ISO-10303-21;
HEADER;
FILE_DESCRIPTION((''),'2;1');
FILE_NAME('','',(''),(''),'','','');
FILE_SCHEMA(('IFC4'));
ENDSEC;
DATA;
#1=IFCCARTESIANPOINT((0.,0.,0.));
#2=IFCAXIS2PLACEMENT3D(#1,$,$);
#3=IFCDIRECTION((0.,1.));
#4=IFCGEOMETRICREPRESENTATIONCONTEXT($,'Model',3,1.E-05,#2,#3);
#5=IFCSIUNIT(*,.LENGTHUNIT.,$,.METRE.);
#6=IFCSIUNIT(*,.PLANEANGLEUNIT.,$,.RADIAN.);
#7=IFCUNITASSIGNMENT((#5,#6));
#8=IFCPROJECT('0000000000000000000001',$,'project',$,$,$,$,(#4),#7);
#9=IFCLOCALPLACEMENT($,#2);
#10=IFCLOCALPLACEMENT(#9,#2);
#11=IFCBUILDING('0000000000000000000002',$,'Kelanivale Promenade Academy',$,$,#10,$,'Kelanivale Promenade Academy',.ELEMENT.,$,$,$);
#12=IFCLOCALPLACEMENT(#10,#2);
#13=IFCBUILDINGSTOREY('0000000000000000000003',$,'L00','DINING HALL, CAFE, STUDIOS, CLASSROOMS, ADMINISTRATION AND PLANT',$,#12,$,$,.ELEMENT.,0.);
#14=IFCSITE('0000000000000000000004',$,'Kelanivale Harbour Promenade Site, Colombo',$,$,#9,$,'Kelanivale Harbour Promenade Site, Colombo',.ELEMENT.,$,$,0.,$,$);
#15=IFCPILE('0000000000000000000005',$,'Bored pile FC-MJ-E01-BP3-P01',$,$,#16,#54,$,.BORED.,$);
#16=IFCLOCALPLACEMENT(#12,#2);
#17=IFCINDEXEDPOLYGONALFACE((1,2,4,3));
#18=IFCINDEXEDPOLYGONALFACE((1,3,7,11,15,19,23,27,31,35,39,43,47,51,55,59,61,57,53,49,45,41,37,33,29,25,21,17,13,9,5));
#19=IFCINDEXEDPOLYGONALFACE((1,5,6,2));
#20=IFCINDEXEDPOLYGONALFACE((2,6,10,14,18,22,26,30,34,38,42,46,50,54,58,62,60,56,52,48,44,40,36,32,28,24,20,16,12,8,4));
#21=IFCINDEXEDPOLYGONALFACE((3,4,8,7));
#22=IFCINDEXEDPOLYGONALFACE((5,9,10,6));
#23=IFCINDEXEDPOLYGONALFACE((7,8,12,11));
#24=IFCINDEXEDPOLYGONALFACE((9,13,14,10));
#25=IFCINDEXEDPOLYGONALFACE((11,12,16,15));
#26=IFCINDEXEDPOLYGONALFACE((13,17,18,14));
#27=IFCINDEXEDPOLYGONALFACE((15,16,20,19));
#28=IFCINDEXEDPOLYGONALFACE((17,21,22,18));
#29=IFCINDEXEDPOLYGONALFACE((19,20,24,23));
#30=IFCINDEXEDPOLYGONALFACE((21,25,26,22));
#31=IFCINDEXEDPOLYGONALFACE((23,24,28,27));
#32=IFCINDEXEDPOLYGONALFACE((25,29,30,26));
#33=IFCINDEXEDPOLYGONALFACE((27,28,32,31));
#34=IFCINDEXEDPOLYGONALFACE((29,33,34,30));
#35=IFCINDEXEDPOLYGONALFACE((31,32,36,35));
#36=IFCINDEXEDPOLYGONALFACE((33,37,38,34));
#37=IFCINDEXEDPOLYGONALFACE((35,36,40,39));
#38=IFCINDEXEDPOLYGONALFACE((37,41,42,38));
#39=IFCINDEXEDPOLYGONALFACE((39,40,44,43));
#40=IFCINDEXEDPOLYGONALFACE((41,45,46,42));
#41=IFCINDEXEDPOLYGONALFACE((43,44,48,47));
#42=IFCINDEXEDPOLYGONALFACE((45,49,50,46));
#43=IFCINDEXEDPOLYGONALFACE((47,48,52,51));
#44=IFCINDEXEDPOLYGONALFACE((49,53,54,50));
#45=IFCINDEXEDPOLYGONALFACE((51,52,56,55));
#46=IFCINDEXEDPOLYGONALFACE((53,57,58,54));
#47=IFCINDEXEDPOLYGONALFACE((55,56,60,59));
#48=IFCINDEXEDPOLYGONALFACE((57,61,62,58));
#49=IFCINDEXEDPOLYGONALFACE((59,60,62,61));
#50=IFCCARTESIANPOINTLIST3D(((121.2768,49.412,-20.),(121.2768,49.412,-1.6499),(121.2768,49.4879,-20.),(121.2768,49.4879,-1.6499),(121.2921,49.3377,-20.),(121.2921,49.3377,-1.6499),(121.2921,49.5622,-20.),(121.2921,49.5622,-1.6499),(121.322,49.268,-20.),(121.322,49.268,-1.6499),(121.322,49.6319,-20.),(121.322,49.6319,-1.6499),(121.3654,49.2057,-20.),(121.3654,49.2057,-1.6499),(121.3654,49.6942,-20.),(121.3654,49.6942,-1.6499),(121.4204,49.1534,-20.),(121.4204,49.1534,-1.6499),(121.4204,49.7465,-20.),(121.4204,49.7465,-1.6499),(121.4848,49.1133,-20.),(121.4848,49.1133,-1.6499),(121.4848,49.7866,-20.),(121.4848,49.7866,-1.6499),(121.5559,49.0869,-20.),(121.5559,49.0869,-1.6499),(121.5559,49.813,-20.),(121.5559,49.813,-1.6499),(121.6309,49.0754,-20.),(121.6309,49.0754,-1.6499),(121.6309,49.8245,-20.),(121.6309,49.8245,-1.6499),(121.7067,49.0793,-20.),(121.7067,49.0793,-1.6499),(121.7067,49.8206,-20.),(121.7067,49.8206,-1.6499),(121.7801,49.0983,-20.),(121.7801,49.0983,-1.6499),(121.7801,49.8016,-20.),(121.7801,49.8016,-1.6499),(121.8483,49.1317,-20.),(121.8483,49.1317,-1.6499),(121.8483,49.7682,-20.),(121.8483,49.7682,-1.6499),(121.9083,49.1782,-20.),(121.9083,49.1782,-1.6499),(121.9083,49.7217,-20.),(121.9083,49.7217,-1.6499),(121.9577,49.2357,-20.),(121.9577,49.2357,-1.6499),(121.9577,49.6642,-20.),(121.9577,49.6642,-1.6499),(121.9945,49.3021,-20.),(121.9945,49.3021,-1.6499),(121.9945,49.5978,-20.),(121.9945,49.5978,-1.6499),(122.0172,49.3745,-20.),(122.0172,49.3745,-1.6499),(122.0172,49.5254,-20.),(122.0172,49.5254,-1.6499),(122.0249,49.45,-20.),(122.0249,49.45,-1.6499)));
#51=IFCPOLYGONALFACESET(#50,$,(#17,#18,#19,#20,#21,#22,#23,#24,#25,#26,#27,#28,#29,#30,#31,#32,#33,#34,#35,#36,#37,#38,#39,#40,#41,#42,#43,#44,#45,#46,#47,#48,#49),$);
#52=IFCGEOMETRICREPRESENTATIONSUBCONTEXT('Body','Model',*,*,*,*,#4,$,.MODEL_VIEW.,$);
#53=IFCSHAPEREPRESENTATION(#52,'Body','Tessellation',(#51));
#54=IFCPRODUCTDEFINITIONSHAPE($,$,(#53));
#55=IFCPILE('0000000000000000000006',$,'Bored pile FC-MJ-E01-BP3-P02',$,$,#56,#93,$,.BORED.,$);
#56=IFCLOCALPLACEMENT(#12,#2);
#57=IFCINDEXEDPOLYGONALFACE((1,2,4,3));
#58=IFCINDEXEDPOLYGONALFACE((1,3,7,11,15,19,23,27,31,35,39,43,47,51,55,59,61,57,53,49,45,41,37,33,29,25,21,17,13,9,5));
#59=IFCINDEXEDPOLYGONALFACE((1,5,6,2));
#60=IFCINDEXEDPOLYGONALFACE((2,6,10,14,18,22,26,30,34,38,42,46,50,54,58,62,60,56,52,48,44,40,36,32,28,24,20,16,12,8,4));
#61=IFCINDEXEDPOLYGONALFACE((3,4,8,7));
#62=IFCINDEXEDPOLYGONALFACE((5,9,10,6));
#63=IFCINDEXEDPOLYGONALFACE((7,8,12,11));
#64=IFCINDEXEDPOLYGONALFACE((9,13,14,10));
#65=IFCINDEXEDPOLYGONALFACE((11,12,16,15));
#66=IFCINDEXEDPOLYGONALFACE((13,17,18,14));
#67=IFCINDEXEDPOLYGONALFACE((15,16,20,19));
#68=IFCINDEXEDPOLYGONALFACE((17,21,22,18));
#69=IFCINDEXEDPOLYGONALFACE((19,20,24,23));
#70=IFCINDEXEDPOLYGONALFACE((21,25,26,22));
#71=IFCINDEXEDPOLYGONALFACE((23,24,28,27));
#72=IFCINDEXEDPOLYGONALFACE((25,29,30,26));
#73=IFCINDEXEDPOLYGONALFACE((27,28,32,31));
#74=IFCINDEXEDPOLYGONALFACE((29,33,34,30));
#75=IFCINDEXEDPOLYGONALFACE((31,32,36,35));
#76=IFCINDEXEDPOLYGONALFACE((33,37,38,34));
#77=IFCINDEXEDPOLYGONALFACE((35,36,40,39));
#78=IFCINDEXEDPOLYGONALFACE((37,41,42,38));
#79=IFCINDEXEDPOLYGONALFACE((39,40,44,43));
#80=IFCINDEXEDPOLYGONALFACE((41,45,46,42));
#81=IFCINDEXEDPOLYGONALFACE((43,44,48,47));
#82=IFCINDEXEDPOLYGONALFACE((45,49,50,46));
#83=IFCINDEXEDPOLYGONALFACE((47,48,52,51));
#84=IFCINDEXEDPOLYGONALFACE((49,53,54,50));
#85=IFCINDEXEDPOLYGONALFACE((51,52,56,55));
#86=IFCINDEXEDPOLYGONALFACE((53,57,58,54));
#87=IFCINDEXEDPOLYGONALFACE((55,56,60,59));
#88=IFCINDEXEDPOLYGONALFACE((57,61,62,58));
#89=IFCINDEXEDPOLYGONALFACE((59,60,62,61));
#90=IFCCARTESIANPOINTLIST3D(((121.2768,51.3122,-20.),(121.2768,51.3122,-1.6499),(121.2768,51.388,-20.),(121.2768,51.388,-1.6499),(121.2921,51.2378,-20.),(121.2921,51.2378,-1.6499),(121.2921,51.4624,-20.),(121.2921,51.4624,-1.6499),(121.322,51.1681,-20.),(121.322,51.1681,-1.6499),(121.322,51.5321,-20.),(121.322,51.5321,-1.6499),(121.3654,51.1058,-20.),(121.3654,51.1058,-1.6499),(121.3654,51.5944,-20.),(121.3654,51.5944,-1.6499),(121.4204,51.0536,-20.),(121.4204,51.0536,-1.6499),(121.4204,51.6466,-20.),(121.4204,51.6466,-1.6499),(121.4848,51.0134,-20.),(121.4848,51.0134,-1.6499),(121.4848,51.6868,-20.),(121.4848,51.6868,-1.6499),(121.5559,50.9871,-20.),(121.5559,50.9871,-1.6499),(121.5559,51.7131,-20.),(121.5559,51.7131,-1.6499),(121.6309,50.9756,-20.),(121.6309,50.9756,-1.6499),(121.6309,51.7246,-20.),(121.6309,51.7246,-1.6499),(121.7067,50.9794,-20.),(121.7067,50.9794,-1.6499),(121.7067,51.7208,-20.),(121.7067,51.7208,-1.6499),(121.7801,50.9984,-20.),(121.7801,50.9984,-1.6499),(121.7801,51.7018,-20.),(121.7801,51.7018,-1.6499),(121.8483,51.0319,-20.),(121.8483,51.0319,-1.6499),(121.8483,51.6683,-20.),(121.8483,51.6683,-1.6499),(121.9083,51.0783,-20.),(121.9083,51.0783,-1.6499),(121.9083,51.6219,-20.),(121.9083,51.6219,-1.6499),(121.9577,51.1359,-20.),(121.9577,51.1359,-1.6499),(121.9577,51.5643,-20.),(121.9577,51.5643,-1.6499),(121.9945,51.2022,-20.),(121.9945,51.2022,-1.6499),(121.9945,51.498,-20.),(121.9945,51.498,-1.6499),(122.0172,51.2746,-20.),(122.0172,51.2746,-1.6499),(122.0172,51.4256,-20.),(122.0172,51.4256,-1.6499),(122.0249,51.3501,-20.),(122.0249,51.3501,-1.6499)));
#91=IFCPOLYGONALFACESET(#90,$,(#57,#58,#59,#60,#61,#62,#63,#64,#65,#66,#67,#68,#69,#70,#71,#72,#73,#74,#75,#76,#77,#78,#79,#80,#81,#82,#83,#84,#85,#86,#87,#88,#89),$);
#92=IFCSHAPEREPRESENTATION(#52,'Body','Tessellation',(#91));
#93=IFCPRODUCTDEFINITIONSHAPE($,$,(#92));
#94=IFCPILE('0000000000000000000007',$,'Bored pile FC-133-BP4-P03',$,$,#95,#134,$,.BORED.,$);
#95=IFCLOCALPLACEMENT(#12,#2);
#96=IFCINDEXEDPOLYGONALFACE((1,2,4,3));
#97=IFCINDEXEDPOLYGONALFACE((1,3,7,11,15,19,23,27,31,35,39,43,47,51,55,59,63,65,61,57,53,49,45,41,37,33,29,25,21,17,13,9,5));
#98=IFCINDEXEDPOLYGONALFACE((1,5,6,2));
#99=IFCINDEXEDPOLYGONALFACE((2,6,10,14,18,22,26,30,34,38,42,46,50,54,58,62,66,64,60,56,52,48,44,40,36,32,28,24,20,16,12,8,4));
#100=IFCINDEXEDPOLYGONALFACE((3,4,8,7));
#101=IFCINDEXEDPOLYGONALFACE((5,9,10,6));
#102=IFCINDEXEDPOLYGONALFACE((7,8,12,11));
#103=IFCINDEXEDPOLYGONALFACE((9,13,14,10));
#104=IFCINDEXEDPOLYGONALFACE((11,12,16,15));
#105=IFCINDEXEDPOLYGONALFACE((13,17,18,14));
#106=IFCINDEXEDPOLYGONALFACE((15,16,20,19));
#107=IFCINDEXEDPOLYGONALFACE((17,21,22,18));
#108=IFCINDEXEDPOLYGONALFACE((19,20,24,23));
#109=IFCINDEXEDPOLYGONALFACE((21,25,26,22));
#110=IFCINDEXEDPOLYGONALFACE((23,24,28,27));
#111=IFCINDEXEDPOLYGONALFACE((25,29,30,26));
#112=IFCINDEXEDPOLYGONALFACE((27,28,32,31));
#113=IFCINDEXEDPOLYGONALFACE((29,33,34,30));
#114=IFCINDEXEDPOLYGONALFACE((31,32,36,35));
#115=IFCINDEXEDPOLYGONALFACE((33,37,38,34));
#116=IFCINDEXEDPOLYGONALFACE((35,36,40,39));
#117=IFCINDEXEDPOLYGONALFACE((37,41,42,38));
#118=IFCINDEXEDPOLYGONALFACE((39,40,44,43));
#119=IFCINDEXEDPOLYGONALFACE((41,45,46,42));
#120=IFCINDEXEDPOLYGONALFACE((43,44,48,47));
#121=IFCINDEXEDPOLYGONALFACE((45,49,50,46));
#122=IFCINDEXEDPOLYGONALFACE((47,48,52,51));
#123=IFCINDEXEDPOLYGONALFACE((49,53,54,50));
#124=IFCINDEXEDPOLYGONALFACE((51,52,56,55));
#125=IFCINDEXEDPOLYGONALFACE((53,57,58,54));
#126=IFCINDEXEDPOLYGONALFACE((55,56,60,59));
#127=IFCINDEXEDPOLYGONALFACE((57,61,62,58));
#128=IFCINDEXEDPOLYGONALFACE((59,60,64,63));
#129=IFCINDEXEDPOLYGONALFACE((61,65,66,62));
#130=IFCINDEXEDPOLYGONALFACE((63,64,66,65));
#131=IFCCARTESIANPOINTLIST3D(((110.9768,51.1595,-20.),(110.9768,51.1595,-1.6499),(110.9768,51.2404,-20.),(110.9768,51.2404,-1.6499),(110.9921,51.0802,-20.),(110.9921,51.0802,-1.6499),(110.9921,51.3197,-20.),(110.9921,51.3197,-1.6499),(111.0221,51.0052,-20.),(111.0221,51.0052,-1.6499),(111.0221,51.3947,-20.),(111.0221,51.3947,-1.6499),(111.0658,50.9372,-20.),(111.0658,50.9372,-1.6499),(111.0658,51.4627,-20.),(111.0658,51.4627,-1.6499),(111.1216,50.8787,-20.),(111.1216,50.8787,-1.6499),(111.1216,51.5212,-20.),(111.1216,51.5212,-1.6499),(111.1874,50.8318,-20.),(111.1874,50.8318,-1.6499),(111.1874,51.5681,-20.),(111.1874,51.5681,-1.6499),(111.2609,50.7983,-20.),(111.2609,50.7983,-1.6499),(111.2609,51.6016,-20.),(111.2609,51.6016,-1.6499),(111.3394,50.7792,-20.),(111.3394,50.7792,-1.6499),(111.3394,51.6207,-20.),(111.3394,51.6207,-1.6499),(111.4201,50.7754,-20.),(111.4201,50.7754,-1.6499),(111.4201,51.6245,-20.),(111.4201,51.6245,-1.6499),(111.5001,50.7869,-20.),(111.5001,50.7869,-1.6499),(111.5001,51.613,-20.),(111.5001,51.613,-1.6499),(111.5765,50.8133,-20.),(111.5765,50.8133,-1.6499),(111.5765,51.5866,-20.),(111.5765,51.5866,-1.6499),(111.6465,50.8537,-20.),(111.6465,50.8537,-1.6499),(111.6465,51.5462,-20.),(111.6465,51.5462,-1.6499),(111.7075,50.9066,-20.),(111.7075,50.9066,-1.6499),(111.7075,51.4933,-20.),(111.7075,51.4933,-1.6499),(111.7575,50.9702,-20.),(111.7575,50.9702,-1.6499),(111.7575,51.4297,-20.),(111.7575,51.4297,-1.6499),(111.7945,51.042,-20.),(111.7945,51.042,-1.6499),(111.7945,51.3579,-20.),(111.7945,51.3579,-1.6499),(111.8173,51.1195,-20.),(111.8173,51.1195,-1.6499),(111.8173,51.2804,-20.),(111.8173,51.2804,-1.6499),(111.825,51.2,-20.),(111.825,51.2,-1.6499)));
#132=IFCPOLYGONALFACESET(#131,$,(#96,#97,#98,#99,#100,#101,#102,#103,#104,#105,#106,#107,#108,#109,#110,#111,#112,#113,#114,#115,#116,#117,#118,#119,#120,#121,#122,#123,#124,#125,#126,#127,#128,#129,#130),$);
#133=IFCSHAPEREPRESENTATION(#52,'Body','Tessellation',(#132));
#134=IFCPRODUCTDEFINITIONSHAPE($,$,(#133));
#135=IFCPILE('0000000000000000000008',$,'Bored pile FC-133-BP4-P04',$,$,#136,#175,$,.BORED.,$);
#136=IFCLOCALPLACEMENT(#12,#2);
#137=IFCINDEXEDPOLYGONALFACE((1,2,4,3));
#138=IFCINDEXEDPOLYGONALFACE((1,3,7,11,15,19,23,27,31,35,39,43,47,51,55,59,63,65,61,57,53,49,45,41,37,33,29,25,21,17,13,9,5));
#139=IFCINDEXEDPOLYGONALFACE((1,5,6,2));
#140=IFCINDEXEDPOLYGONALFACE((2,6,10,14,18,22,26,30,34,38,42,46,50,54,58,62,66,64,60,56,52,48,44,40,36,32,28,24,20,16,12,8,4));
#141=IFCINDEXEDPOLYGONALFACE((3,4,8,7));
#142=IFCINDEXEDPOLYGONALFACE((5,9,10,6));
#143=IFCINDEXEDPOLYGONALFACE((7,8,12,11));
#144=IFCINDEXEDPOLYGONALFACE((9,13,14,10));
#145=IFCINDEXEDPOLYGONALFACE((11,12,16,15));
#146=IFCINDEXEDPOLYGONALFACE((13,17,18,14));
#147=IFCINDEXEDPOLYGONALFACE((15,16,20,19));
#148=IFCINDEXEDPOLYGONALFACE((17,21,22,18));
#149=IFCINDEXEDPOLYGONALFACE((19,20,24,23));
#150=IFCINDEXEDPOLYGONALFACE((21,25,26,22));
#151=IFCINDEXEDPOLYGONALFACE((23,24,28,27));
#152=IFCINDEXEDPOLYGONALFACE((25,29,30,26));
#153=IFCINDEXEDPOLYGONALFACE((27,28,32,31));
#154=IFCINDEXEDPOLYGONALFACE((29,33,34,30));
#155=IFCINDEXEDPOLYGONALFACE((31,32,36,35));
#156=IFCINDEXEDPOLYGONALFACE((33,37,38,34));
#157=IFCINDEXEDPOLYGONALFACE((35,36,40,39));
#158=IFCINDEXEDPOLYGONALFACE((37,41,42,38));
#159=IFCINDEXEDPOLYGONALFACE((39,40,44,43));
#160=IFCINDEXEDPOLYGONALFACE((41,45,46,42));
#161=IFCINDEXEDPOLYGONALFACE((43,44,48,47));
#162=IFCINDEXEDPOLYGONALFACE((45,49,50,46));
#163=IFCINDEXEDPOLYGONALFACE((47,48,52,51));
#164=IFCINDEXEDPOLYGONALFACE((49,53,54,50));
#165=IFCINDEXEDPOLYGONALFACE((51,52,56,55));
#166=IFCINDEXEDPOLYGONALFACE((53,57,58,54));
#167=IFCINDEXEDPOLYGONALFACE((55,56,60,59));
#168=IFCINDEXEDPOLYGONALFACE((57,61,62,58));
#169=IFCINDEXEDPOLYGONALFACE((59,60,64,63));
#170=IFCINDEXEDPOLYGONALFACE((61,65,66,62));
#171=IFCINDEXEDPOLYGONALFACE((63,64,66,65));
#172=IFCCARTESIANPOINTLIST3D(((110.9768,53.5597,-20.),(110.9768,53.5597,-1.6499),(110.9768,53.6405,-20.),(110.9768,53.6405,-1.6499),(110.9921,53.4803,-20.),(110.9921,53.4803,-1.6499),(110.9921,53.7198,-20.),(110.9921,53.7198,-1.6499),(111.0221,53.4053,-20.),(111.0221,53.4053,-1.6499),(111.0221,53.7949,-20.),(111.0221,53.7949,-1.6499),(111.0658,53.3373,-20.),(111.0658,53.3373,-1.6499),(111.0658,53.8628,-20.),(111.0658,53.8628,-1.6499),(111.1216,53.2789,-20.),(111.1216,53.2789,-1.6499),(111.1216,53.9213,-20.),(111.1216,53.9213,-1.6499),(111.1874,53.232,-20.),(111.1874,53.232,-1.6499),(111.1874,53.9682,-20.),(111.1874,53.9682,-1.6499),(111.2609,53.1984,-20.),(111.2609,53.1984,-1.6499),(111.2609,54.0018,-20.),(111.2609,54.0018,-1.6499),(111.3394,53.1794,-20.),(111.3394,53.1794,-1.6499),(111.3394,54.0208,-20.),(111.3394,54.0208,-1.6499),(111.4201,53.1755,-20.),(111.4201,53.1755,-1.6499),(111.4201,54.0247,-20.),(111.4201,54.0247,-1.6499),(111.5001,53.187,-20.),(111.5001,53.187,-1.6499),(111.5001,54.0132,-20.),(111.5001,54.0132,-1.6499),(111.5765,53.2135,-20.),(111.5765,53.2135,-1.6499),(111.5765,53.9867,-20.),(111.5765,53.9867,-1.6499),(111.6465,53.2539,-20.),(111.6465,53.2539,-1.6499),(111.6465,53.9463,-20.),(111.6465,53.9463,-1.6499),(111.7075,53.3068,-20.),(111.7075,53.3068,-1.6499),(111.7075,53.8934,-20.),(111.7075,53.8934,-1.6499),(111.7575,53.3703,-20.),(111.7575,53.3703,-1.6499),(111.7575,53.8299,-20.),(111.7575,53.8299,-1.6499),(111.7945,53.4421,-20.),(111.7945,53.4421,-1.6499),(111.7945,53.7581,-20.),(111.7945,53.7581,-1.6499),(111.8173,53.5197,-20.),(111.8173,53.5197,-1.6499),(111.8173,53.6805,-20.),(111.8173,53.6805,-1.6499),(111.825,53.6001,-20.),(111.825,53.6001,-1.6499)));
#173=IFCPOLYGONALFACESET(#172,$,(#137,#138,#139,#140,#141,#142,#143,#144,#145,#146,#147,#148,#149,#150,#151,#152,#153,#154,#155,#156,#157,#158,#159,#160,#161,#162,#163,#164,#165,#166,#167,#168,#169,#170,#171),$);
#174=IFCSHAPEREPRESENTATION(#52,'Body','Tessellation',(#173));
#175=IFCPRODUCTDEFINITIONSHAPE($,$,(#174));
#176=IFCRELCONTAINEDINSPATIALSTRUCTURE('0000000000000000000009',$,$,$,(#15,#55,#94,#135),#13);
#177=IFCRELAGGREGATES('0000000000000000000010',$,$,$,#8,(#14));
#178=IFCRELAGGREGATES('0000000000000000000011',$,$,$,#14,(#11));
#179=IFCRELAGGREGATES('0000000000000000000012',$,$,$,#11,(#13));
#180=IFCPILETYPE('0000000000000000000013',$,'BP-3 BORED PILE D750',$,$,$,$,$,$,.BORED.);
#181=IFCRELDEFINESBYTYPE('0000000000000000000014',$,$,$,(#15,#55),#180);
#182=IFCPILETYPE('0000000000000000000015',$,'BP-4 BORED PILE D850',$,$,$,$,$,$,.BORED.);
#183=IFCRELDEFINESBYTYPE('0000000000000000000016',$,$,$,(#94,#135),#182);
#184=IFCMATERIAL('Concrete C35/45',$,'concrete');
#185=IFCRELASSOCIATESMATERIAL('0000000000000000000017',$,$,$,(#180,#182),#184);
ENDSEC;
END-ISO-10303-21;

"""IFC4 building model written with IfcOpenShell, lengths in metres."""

from ifc_helpers import new_model, si_unit, direction, frame, origin, origin_2d, place, context, subcontext, project, spatial, circle, extrude, material, material_profile, profile_set, type_object, element, save


model = new_model("IFC4")

# Units and contexts
model_context = context("Model", 3, precision=1e-05, world=origin(), true_north=direction((0.0, 1.0)))
body_context = subcontext(model_context, "Body", "Model", "MODEL_VIEW")
ifc_project = project(units=[si_unit("LENGTHUNIT", "METRE"), si_unit("PLANEANGLEUNIT", "RADIAN")], contexts=[model_context])

# Site, building, storey
site_placement = place(None, origin())
site = spatial("IfcSite", under=ifc_project, at=site_placement, Name="Kelanivale Harbour Promenade Site, Colombo", LongName="Kelanivale Harbour Promenade Site, Colombo", CompositionType="ELEMENT", RefElevation=0.0)
building_placement = place(site_placement, origin())
building = spatial("IfcBuilding", under=site, at=building_placement, Name="Kelanivale Promenade Academy", LongName="Kelanivale Promenade Academy", CompositionType="ELEMENT")
storey_placement = place(building_placement, origin())
storey = spatial("IfcBuildingStorey", under=building, at=storey_placement, Name="L00", Description="DINING HALL, CAFE, STUDIOS, CLASSROOMS, ADMINISTRATION AND PLANT", CompositionType="ELEMENT", Elevation=0.0)

# Piles
ifc_material_1 = material(Name="Concrete C35/45", Category="concrete")
ifc_material_profile_1 = material_profile(ifc_material_1, circle(Radius=0.375, at=origin_2d()), Name="BORED PILE D750")
ifc_profile_set_1 = profile_set([ifc_material_profile_1], Name="Concrete C35/45")
pile_type_1 = type_object("IfcPileType", Name="BP-3 BORED PILE D750", PredefinedType="BORED", material=ifc_profile_set_1)
for number, where, z_axis, x_axis, name in (
    (1, (121.6499, 49.45, -1.6499), (0.0, 0.0, -1.0), (1.0, 0.0, 0.0), "Bored pile FC-MJ-E01-BP3-P01"),
    (2, (121.6499, 51.3501, -1.6499), (0.0, 0.0, -1.0), (1.0, 0.0, 0.0), "Bored pile FC-MJ-E01-BP3-P02"),
):
    element("IfcPile", number, at=place(storey_placement, frame(where, z_axis=z_axis, x_axis=x_axis)), inside=storey, type_object=pile_type_1, Name=name, PredefinedType="BORED", context=body_context, shape_type="SweptSolid", body=[
        extrude(circle(Radius=0.375, at=origin_2d()), origin(), (0.0, 0.0, 1.0), 18.3501),
    ])
ifc_material_profile_2 = material_profile(ifc_material_1, circle(Radius=0.425, at=origin_2d()), Name="BORED PILE D850")
ifc_profile_set_2 = profile_set([ifc_material_profile_2], Name="Concrete C35/45")
pile_type_2 = type_object("IfcPileType", Name="BP-4 BORED PILE D850", PredefinedType="BORED", material=ifc_profile_set_2)
for number, where, z_axis, x_axis, name in (
    (3, (111.3999, 51.2, -1.6499), (0.0, 0.0, -1.0), (1.0, 0.0, 0.0), "Bored pile FC-133-BP4-P03"),
    (4, (111.3999, 53.6001, -1.6499), (0.0, 0.0, -1.0), (1.0, 0.0, 0.0), "Bored pile FC-133-BP4-P04"),
):
    element("IfcPile", number, at=place(storey_placement, frame(where, z_axis=z_axis, x_axis=x_axis)), inside=storey, type_object=pile_type_2, Name=name, PredefinedType="BORED", context=body_context, shape_type="SweptSolid", body=[
        extrude(circle(Radius=0.425, at=origin_2d()), origin(), (0.0, 0.0, 1.0), 18.3501),
    ])

save(model, "model.ifc")
